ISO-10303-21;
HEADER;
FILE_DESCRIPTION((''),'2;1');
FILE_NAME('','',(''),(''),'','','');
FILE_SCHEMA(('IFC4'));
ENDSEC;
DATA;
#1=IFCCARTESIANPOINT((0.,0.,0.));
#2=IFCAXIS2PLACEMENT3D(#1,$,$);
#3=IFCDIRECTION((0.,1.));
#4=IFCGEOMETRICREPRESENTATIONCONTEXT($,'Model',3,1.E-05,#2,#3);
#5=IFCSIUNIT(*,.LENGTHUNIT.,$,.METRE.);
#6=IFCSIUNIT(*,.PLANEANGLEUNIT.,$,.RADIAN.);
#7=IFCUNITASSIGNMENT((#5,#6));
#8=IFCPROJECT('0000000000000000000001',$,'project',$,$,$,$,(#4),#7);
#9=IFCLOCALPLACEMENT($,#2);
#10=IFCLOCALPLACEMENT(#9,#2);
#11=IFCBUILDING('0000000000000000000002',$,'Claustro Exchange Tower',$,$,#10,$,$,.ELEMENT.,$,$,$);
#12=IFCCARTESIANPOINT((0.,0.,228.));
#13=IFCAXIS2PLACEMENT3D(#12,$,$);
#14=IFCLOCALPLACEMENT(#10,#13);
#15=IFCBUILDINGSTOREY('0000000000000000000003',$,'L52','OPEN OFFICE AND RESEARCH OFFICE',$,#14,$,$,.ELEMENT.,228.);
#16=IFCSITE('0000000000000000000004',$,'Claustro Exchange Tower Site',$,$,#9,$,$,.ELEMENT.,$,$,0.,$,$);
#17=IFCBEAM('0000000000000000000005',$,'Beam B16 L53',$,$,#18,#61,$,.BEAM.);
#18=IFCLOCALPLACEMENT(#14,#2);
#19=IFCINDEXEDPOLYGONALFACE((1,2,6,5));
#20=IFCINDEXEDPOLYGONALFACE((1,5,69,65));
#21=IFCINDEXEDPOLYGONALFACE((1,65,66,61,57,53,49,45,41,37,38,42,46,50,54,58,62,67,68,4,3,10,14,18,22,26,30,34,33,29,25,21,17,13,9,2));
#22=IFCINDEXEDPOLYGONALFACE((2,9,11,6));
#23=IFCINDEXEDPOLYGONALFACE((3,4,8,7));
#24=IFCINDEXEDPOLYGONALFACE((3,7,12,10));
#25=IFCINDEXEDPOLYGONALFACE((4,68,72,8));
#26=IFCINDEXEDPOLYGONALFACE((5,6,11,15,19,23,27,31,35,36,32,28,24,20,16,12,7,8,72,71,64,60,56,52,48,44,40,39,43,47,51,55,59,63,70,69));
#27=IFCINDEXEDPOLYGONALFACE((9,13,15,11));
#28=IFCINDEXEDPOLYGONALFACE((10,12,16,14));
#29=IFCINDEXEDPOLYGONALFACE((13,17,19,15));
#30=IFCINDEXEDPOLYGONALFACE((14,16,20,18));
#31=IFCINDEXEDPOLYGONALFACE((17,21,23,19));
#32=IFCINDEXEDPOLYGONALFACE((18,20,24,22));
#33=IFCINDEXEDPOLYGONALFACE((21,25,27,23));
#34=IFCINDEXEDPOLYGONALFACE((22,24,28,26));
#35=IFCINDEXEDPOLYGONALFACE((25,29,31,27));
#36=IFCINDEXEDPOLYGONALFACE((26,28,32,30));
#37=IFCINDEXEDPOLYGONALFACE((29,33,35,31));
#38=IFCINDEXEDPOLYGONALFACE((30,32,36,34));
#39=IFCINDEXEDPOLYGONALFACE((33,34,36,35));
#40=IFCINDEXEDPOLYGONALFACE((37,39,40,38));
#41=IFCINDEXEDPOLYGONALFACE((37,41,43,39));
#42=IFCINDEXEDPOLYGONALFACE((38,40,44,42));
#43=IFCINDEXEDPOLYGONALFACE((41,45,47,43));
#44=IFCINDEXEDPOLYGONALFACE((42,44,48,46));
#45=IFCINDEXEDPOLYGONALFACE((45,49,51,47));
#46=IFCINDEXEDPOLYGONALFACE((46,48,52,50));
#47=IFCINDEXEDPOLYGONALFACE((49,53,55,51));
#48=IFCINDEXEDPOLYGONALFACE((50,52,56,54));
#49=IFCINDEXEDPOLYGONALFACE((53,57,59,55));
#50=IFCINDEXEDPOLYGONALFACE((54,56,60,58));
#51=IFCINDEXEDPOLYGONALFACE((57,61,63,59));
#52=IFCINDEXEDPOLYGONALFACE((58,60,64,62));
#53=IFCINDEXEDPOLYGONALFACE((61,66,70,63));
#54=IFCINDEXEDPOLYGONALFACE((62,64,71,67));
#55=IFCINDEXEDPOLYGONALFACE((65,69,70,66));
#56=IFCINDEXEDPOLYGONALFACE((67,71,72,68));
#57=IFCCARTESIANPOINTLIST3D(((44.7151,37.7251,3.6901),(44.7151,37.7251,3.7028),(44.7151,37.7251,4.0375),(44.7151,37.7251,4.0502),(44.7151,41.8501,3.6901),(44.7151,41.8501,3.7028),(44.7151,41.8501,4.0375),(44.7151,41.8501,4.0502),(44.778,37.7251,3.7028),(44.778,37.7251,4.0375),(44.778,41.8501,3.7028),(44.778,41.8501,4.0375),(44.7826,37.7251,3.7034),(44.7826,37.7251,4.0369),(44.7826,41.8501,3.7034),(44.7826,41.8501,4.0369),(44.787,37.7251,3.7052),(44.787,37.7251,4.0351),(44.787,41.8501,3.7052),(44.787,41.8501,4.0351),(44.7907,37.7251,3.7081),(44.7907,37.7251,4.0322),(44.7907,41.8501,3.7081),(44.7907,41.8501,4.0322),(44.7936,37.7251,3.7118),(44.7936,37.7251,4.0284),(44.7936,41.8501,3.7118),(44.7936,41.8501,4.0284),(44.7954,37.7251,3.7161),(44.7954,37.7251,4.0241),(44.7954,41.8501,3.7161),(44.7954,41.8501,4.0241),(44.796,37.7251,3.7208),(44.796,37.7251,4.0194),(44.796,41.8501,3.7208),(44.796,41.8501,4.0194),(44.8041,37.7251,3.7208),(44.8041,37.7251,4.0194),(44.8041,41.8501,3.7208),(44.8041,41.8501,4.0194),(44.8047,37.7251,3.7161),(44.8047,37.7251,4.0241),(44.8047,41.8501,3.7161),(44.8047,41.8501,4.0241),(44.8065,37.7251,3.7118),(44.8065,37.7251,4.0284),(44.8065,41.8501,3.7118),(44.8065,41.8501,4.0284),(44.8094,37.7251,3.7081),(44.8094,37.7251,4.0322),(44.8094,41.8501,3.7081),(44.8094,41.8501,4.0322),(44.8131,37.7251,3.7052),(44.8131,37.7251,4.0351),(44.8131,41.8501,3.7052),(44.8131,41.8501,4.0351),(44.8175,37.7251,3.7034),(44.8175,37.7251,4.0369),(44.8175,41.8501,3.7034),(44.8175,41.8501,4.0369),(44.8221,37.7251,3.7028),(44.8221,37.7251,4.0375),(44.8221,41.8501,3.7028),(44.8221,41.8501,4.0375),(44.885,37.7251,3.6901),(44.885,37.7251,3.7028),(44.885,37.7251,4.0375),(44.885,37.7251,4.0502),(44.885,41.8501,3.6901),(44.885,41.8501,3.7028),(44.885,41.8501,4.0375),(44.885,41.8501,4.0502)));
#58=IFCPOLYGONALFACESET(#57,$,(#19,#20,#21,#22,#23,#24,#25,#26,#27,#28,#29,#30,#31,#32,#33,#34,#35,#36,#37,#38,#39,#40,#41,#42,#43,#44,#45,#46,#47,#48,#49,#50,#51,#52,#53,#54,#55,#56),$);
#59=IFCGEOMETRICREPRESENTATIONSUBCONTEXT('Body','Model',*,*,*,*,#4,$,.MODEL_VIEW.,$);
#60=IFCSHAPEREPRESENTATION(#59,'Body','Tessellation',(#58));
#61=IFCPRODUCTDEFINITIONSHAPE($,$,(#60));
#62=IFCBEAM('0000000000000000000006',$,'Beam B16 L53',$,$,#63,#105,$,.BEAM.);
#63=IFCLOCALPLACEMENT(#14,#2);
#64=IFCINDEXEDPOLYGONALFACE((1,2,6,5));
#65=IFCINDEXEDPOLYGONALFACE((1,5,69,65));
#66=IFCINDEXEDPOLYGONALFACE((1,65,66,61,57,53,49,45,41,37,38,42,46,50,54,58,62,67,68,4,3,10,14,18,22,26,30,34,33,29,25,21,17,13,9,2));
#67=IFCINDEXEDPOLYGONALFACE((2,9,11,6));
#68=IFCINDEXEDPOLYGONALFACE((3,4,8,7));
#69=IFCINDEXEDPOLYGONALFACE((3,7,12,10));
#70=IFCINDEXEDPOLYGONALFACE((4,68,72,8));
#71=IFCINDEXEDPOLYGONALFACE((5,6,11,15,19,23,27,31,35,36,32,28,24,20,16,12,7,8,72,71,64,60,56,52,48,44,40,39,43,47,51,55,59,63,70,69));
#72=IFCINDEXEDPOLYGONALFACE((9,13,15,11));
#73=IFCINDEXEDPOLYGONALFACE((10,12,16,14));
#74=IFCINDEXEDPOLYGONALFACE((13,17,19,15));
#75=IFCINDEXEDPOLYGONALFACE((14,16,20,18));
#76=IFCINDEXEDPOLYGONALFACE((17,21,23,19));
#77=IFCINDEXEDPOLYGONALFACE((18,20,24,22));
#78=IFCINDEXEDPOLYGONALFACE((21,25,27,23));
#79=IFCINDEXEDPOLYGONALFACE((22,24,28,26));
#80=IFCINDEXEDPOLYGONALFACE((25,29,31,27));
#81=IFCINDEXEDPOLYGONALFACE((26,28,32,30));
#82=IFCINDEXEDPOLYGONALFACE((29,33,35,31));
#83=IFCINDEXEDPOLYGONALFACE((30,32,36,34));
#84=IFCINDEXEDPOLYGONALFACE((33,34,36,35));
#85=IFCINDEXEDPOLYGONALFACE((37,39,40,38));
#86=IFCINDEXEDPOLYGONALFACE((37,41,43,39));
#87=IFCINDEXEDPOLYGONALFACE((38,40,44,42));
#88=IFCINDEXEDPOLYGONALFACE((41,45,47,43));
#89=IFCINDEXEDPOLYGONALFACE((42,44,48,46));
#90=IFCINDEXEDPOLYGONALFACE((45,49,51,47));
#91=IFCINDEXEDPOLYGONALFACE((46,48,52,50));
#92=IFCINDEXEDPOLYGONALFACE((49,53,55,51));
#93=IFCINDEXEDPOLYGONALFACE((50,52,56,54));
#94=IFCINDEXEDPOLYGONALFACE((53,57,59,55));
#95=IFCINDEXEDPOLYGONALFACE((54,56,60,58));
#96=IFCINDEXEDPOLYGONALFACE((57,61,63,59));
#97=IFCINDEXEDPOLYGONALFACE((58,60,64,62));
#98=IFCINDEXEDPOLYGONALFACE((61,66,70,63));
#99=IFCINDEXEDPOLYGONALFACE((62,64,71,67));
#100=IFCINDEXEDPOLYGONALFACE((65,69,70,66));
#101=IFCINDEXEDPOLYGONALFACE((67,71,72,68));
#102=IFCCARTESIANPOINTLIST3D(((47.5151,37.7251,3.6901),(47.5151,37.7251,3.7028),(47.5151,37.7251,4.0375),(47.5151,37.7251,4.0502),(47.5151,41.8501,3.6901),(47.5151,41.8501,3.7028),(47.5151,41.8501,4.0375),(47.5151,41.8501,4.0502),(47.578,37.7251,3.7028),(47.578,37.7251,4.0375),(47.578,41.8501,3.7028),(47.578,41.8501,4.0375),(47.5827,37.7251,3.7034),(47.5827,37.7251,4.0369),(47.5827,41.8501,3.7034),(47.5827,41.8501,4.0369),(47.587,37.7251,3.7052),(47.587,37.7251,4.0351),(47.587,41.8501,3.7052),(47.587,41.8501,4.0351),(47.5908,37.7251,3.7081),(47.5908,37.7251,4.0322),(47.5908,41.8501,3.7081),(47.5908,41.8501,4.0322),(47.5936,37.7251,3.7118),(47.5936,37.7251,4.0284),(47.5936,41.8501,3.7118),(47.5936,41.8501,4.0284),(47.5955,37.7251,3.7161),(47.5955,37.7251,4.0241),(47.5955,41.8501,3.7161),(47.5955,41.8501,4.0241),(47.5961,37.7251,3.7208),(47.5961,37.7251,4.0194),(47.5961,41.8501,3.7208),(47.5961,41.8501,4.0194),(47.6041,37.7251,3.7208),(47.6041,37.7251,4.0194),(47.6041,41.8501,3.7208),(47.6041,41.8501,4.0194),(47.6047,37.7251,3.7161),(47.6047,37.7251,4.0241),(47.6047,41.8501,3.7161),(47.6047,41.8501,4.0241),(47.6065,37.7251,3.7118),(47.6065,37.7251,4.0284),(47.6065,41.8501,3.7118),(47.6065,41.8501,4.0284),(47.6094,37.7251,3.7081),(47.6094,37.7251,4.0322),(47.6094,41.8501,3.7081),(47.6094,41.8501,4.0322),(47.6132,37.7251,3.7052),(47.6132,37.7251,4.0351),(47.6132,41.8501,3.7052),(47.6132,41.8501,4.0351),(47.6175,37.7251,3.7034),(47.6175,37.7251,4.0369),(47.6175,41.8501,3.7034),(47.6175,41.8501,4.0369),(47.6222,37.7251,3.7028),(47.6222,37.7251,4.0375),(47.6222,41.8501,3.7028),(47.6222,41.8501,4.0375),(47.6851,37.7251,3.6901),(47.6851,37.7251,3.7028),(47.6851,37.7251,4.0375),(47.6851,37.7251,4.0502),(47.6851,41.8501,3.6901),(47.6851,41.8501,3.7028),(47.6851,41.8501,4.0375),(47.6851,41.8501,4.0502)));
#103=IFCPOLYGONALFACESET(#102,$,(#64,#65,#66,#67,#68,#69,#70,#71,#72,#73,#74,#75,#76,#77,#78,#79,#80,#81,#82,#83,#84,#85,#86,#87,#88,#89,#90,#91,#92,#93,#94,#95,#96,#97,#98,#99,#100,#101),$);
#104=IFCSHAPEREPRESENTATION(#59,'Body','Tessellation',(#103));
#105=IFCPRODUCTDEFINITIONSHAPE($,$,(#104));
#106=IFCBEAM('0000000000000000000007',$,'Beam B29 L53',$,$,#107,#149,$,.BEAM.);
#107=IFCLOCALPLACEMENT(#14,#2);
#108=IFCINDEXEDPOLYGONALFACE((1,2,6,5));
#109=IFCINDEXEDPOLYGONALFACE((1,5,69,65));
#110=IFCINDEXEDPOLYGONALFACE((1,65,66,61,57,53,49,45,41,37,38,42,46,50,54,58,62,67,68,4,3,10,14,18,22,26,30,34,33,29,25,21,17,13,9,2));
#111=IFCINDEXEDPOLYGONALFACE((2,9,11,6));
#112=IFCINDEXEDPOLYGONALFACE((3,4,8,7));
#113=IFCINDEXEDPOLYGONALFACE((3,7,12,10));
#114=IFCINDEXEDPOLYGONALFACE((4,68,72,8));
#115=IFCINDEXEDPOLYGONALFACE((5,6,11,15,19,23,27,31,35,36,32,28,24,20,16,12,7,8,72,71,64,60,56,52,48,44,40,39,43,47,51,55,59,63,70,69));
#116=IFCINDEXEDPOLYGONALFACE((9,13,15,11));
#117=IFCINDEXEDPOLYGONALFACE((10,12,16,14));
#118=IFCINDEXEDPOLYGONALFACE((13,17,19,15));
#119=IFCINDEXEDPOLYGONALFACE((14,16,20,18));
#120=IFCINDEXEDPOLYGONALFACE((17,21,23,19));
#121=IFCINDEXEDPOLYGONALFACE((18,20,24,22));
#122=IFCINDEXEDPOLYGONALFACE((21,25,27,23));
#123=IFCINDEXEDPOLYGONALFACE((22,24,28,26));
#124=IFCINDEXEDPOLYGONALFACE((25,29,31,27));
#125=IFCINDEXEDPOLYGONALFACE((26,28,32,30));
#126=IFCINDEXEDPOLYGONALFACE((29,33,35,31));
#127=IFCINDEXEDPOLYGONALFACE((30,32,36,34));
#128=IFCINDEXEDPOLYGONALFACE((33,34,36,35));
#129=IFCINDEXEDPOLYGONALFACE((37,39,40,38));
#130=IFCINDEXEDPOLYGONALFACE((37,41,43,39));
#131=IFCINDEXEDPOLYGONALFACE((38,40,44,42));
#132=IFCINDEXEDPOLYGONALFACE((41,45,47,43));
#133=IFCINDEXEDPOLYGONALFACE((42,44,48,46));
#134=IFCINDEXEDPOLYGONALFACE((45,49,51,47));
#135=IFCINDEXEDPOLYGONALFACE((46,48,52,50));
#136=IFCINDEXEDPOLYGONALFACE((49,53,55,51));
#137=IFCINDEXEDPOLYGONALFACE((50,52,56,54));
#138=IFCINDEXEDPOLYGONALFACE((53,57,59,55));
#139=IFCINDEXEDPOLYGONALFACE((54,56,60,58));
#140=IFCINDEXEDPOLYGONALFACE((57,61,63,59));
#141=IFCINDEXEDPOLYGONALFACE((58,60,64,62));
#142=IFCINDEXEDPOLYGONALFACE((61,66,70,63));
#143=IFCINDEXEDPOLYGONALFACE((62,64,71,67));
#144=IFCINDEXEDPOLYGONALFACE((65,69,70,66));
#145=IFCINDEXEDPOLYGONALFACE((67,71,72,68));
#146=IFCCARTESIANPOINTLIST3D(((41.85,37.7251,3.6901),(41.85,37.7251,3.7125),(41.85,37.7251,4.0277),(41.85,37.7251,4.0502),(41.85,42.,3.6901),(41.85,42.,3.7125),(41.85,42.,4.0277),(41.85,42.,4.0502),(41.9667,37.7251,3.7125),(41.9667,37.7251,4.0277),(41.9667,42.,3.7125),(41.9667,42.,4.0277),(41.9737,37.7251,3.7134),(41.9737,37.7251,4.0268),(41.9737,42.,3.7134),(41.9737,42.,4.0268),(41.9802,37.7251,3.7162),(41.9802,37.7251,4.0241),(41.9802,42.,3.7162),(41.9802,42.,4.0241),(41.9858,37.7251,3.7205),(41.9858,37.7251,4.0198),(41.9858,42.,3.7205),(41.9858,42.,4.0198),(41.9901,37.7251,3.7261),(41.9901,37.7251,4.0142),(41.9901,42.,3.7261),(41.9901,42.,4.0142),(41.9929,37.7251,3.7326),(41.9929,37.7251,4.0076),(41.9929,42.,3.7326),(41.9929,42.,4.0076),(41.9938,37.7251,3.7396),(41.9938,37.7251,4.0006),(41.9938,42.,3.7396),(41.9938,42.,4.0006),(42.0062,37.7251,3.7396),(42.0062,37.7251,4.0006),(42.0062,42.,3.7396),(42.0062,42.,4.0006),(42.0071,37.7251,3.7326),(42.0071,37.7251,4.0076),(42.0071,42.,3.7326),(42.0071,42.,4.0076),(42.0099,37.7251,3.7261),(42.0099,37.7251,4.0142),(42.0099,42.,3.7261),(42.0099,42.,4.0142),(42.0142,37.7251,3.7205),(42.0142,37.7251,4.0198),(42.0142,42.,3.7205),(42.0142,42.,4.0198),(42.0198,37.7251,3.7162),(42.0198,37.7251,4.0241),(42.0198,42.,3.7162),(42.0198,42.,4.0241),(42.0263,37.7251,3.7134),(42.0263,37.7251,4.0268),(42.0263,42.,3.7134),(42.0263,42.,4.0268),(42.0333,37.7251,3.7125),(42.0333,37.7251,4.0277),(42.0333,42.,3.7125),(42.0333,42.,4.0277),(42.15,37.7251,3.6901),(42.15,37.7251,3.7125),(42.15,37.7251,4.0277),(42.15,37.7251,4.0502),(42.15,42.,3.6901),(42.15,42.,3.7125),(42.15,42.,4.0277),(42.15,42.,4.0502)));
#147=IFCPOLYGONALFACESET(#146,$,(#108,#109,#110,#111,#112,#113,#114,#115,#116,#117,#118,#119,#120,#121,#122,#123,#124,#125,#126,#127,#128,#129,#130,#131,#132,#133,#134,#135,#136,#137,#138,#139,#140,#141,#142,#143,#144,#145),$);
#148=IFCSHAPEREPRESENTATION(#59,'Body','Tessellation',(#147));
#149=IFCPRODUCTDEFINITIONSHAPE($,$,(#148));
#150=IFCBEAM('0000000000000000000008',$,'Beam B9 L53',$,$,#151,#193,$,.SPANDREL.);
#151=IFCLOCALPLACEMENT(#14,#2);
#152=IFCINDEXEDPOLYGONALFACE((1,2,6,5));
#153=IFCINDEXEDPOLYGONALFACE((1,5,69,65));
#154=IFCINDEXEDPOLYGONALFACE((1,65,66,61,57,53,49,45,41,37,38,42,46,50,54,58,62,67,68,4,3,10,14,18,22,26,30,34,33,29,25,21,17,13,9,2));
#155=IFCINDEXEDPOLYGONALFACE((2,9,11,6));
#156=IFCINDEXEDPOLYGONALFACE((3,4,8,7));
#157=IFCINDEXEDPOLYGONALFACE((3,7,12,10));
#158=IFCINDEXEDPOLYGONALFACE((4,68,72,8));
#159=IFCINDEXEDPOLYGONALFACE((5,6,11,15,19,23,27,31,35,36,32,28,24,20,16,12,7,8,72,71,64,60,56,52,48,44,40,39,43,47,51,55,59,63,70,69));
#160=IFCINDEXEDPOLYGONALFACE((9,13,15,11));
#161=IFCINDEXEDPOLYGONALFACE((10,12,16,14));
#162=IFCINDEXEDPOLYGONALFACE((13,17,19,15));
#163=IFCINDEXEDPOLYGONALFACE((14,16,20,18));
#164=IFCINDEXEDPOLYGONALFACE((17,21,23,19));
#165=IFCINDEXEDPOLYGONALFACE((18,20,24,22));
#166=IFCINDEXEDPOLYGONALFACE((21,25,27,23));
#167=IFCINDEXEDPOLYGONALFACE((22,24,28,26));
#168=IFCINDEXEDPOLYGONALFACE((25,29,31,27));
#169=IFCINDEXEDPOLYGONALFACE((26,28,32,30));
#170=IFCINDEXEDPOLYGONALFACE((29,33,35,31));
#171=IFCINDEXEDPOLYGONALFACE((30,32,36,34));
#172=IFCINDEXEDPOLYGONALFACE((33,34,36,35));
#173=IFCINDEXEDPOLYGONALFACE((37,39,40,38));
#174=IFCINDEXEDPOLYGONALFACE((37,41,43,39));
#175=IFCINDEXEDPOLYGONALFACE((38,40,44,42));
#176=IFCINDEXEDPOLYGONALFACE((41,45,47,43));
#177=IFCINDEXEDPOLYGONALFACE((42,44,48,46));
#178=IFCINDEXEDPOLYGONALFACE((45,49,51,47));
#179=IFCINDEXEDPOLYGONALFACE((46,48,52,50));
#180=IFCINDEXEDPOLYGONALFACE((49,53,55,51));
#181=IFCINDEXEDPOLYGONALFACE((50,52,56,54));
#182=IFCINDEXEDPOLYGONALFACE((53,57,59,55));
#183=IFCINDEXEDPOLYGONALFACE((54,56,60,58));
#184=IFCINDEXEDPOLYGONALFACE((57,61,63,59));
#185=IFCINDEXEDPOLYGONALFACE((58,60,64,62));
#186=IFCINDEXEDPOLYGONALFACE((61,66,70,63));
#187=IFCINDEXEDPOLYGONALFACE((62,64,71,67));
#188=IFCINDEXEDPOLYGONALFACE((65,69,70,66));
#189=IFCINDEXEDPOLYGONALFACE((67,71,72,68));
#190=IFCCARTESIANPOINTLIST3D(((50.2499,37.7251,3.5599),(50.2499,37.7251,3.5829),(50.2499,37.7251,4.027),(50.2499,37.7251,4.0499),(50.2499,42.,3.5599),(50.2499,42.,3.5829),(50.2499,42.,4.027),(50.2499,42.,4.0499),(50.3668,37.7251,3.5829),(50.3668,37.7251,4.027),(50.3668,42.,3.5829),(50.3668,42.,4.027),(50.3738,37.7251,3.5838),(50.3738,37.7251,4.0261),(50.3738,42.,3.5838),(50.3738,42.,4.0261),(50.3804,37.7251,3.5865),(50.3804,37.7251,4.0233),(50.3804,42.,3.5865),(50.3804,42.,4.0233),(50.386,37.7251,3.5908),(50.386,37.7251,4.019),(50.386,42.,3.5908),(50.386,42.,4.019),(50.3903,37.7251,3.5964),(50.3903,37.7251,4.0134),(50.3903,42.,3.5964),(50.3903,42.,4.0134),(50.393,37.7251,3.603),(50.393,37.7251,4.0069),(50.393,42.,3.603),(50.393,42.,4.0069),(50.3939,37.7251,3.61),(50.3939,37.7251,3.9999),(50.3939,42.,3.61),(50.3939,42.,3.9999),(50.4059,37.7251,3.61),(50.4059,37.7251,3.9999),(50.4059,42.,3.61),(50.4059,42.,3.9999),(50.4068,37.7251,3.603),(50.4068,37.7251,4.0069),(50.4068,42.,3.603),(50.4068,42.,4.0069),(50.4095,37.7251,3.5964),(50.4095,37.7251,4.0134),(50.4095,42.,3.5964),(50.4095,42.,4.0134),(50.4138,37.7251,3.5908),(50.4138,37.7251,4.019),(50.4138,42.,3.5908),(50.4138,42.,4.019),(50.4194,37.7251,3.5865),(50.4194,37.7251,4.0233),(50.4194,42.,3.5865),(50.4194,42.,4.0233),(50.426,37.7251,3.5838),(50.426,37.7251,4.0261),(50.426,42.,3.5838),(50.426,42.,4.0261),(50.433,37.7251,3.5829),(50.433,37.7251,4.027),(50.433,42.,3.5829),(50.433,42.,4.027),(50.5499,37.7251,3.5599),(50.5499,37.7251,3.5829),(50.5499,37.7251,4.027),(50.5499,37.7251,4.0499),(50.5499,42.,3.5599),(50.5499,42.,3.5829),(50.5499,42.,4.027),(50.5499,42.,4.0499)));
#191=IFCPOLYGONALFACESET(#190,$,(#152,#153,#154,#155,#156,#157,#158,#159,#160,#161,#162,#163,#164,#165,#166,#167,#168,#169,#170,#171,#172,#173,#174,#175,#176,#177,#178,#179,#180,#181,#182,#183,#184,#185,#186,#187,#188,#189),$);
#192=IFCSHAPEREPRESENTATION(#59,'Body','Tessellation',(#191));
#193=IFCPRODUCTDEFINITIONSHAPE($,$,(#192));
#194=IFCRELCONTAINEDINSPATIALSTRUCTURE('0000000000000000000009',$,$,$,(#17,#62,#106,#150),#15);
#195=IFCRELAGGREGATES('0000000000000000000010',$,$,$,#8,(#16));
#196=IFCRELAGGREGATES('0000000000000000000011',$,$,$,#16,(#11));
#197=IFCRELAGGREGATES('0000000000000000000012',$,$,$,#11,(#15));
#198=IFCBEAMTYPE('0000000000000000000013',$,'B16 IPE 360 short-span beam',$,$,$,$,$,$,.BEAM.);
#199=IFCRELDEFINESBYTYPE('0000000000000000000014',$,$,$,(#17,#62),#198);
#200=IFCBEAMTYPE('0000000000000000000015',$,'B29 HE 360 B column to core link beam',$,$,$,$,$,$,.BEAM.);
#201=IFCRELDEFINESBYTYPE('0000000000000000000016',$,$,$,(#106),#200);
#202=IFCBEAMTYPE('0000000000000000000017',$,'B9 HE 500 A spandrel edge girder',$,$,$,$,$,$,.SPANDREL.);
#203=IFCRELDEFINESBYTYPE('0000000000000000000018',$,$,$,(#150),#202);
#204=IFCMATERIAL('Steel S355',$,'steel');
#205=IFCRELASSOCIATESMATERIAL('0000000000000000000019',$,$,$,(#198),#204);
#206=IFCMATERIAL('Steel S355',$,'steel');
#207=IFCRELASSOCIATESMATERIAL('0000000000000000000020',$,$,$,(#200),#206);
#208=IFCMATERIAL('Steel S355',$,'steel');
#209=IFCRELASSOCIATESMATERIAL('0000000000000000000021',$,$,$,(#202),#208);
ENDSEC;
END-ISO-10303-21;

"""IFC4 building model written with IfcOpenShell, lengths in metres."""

from ifc_helpers import new_model, si_unit, direction, frame, origin, origin_2d, place, context, subcontext, project, spatial, i_section, extrude, material, material_profile, profile_set, type_object, element, save


model = new_model("IFC4")

# Units and contexts
model_context = context("Model", 3, precision=1e-05, world=origin(), true_north=direction((0.0, 1.0)))
body_context = subcontext(model_context, "Body", "Model", "MODEL_VIEW")
ifc_project = project(units=[si_unit("LENGTHUNIT", "METRE"), si_unit("PLANEANGLEUNIT", "RADIAN")], contexts=[model_context])

# Site, building, storey
site_placement = place(None, origin())
site = spatial("IfcSite", under=ifc_project, at=site_placement, Name="Claustro Exchange Tower Site", CompositionType="ELEMENT", RefElevation=0.0)
building_placement = place(site_placement, origin())
building = spatial("IfcBuilding", under=site, at=building_placement, Name="Claustro Exchange Tower", CompositionType="ELEMENT")
storey_placement = place(building_placement, frame((0.0, 0.0, 228.0)))
storey = spatial("IfcBuildingStorey", under=building, at=storey_placement, Name="L52", Description="OPEN OFFICE AND RESEARCH OFFICE", CompositionType="ELEMENT", Elevation=228.0)

# Beams
ifc_material_1 = material(Name="Steel S355", Category="steel")
ifc_material_profile_1 = material_profile(ifc_material_1, i_section(OverallWidth=0.1699, OverallDepth=0.3601, WebThickness=0.0081, FlangeThickness=0.0127, FilletRadius=0.0181, at=origin_2d()), Name="IPE 360")
ifc_profile_set_1 = profile_set([ifc_material_profile_1], Name="Steel S355")
beam_type_1 = type_object("IfcBeamType", Name="B16 IPE 360 short-span beam", PredefinedType="BEAM", material=ifc_profile_set_1)
for number, where, z_axis, x_axis, name in (
    (1, (44.8, 37.7251, 3.8701), (0.0, 1.0, 0.0), (-1.0, 0.0, 0.0), "Beam B16 L53"),
    (2, (47.6001, 37.7251, 3.8701), (0.0, 1.0, 0.0), (-1.0, 0.0, 0.0), "Beam B16 L53"),
):
    element("IfcBeam", number, at=place(storey_placement, frame(where, z_axis=z_axis, x_axis=x_axis)), inside=storey, type_object=beam_type_1, Name=name, PredefinedType="BEAM", context=body_context, shape_type="SweptSolid", body=[
        extrude(i_section(OverallWidth=0.1699, OverallDepth=0.3601, WebThickness=0.0081, FlangeThickness=0.0127, FilletRadius=0.0181, at=origin_2d()), origin(), (0.0, 0.0, 1.0), 4.125),
    ])
ifc_material_2 = material(Name="Steel S355", Category="steel")
ifc_material_profile_2 = material_profile(ifc_material_2, i_section(OverallWidth=0.3, OverallDepth=0.3601, WebThickness=0.0125, FlangeThickness=0.0225, FilletRadius=0.0271, at=origin_2d()), Name="HE 360 B")
ifc_profile_set_2 = profile_set([ifc_material_profile_2], Name="Steel S355")
beam_type_2 = type_object("IfcBeamType", Name="B29 HE 360 B column to core link beam", PredefinedType="BEAM", material=ifc_profile_set_2)
beam_1_placement = place(storey_placement, frame((42.0, 37.7251, 3.8701), z_axis=(0.0, 1.0, 0.0), x_axis=(-1.0, 0.0, 0.0)))
element("IfcBeam", 3, at=beam_1_placement, inside=storey, type_object=beam_type_2, Name="Beam B29 L53", PredefinedType="BEAM", context=body_context, shape_type="SweptSolid", body=[
    extrude(i_section(OverallWidth=0.3, OverallDepth=0.3601, WebThickness=0.0125, FlangeThickness=0.0225, FilletRadius=0.0271, at=origin_2d()), origin(), (0.0, 0.0, 1.0), 4.2749),
])
ifc_material_3 = material(Name="Steel S355", Category="steel")
ifc_material_profile_3 = material_profile(ifc_material_3, i_section(OverallWidth=0.3, OverallDepth=0.49, WebThickness=0.012, FlangeThickness=0.0229, FilletRadius=0.0271, at=origin_2d()), Name="HE 500 A")
ifc_profile_set_3 = profile_set([ifc_material_profile_3], Name="Steel S355")
beam_type_3 = type_object("IfcBeamType", Name="B9 HE 500 A spandrel edge girder", PredefinedType="SPANDREL", material=ifc_profile_set_3)
beam_2_placement = place(storey_placement, frame((50.3999, 37.7251, 3.8049), z_axis=(0.0, 1.0, 0.0), x_axis=(-1.0, 0.0, 0.0)))
element("IfcBeam", 4, at=beam_2_placement, inside=storey, type_object=beam_type_3, Name="Beam B9 L53", PredefinedType="SPANDREL", context=body_context, shape_type="SweptSolid", body=[
    extrude(i_section(OverallWidth=0.3, OverallDepth=0.49, WebThickness=0.012, FlangeThickness=0.0229, FilletRadius=0.0271, at=origin_2d()), origin(), (0.0, 0.0, 1.0), 4.2749),
])

save(model, "model.ifc")
